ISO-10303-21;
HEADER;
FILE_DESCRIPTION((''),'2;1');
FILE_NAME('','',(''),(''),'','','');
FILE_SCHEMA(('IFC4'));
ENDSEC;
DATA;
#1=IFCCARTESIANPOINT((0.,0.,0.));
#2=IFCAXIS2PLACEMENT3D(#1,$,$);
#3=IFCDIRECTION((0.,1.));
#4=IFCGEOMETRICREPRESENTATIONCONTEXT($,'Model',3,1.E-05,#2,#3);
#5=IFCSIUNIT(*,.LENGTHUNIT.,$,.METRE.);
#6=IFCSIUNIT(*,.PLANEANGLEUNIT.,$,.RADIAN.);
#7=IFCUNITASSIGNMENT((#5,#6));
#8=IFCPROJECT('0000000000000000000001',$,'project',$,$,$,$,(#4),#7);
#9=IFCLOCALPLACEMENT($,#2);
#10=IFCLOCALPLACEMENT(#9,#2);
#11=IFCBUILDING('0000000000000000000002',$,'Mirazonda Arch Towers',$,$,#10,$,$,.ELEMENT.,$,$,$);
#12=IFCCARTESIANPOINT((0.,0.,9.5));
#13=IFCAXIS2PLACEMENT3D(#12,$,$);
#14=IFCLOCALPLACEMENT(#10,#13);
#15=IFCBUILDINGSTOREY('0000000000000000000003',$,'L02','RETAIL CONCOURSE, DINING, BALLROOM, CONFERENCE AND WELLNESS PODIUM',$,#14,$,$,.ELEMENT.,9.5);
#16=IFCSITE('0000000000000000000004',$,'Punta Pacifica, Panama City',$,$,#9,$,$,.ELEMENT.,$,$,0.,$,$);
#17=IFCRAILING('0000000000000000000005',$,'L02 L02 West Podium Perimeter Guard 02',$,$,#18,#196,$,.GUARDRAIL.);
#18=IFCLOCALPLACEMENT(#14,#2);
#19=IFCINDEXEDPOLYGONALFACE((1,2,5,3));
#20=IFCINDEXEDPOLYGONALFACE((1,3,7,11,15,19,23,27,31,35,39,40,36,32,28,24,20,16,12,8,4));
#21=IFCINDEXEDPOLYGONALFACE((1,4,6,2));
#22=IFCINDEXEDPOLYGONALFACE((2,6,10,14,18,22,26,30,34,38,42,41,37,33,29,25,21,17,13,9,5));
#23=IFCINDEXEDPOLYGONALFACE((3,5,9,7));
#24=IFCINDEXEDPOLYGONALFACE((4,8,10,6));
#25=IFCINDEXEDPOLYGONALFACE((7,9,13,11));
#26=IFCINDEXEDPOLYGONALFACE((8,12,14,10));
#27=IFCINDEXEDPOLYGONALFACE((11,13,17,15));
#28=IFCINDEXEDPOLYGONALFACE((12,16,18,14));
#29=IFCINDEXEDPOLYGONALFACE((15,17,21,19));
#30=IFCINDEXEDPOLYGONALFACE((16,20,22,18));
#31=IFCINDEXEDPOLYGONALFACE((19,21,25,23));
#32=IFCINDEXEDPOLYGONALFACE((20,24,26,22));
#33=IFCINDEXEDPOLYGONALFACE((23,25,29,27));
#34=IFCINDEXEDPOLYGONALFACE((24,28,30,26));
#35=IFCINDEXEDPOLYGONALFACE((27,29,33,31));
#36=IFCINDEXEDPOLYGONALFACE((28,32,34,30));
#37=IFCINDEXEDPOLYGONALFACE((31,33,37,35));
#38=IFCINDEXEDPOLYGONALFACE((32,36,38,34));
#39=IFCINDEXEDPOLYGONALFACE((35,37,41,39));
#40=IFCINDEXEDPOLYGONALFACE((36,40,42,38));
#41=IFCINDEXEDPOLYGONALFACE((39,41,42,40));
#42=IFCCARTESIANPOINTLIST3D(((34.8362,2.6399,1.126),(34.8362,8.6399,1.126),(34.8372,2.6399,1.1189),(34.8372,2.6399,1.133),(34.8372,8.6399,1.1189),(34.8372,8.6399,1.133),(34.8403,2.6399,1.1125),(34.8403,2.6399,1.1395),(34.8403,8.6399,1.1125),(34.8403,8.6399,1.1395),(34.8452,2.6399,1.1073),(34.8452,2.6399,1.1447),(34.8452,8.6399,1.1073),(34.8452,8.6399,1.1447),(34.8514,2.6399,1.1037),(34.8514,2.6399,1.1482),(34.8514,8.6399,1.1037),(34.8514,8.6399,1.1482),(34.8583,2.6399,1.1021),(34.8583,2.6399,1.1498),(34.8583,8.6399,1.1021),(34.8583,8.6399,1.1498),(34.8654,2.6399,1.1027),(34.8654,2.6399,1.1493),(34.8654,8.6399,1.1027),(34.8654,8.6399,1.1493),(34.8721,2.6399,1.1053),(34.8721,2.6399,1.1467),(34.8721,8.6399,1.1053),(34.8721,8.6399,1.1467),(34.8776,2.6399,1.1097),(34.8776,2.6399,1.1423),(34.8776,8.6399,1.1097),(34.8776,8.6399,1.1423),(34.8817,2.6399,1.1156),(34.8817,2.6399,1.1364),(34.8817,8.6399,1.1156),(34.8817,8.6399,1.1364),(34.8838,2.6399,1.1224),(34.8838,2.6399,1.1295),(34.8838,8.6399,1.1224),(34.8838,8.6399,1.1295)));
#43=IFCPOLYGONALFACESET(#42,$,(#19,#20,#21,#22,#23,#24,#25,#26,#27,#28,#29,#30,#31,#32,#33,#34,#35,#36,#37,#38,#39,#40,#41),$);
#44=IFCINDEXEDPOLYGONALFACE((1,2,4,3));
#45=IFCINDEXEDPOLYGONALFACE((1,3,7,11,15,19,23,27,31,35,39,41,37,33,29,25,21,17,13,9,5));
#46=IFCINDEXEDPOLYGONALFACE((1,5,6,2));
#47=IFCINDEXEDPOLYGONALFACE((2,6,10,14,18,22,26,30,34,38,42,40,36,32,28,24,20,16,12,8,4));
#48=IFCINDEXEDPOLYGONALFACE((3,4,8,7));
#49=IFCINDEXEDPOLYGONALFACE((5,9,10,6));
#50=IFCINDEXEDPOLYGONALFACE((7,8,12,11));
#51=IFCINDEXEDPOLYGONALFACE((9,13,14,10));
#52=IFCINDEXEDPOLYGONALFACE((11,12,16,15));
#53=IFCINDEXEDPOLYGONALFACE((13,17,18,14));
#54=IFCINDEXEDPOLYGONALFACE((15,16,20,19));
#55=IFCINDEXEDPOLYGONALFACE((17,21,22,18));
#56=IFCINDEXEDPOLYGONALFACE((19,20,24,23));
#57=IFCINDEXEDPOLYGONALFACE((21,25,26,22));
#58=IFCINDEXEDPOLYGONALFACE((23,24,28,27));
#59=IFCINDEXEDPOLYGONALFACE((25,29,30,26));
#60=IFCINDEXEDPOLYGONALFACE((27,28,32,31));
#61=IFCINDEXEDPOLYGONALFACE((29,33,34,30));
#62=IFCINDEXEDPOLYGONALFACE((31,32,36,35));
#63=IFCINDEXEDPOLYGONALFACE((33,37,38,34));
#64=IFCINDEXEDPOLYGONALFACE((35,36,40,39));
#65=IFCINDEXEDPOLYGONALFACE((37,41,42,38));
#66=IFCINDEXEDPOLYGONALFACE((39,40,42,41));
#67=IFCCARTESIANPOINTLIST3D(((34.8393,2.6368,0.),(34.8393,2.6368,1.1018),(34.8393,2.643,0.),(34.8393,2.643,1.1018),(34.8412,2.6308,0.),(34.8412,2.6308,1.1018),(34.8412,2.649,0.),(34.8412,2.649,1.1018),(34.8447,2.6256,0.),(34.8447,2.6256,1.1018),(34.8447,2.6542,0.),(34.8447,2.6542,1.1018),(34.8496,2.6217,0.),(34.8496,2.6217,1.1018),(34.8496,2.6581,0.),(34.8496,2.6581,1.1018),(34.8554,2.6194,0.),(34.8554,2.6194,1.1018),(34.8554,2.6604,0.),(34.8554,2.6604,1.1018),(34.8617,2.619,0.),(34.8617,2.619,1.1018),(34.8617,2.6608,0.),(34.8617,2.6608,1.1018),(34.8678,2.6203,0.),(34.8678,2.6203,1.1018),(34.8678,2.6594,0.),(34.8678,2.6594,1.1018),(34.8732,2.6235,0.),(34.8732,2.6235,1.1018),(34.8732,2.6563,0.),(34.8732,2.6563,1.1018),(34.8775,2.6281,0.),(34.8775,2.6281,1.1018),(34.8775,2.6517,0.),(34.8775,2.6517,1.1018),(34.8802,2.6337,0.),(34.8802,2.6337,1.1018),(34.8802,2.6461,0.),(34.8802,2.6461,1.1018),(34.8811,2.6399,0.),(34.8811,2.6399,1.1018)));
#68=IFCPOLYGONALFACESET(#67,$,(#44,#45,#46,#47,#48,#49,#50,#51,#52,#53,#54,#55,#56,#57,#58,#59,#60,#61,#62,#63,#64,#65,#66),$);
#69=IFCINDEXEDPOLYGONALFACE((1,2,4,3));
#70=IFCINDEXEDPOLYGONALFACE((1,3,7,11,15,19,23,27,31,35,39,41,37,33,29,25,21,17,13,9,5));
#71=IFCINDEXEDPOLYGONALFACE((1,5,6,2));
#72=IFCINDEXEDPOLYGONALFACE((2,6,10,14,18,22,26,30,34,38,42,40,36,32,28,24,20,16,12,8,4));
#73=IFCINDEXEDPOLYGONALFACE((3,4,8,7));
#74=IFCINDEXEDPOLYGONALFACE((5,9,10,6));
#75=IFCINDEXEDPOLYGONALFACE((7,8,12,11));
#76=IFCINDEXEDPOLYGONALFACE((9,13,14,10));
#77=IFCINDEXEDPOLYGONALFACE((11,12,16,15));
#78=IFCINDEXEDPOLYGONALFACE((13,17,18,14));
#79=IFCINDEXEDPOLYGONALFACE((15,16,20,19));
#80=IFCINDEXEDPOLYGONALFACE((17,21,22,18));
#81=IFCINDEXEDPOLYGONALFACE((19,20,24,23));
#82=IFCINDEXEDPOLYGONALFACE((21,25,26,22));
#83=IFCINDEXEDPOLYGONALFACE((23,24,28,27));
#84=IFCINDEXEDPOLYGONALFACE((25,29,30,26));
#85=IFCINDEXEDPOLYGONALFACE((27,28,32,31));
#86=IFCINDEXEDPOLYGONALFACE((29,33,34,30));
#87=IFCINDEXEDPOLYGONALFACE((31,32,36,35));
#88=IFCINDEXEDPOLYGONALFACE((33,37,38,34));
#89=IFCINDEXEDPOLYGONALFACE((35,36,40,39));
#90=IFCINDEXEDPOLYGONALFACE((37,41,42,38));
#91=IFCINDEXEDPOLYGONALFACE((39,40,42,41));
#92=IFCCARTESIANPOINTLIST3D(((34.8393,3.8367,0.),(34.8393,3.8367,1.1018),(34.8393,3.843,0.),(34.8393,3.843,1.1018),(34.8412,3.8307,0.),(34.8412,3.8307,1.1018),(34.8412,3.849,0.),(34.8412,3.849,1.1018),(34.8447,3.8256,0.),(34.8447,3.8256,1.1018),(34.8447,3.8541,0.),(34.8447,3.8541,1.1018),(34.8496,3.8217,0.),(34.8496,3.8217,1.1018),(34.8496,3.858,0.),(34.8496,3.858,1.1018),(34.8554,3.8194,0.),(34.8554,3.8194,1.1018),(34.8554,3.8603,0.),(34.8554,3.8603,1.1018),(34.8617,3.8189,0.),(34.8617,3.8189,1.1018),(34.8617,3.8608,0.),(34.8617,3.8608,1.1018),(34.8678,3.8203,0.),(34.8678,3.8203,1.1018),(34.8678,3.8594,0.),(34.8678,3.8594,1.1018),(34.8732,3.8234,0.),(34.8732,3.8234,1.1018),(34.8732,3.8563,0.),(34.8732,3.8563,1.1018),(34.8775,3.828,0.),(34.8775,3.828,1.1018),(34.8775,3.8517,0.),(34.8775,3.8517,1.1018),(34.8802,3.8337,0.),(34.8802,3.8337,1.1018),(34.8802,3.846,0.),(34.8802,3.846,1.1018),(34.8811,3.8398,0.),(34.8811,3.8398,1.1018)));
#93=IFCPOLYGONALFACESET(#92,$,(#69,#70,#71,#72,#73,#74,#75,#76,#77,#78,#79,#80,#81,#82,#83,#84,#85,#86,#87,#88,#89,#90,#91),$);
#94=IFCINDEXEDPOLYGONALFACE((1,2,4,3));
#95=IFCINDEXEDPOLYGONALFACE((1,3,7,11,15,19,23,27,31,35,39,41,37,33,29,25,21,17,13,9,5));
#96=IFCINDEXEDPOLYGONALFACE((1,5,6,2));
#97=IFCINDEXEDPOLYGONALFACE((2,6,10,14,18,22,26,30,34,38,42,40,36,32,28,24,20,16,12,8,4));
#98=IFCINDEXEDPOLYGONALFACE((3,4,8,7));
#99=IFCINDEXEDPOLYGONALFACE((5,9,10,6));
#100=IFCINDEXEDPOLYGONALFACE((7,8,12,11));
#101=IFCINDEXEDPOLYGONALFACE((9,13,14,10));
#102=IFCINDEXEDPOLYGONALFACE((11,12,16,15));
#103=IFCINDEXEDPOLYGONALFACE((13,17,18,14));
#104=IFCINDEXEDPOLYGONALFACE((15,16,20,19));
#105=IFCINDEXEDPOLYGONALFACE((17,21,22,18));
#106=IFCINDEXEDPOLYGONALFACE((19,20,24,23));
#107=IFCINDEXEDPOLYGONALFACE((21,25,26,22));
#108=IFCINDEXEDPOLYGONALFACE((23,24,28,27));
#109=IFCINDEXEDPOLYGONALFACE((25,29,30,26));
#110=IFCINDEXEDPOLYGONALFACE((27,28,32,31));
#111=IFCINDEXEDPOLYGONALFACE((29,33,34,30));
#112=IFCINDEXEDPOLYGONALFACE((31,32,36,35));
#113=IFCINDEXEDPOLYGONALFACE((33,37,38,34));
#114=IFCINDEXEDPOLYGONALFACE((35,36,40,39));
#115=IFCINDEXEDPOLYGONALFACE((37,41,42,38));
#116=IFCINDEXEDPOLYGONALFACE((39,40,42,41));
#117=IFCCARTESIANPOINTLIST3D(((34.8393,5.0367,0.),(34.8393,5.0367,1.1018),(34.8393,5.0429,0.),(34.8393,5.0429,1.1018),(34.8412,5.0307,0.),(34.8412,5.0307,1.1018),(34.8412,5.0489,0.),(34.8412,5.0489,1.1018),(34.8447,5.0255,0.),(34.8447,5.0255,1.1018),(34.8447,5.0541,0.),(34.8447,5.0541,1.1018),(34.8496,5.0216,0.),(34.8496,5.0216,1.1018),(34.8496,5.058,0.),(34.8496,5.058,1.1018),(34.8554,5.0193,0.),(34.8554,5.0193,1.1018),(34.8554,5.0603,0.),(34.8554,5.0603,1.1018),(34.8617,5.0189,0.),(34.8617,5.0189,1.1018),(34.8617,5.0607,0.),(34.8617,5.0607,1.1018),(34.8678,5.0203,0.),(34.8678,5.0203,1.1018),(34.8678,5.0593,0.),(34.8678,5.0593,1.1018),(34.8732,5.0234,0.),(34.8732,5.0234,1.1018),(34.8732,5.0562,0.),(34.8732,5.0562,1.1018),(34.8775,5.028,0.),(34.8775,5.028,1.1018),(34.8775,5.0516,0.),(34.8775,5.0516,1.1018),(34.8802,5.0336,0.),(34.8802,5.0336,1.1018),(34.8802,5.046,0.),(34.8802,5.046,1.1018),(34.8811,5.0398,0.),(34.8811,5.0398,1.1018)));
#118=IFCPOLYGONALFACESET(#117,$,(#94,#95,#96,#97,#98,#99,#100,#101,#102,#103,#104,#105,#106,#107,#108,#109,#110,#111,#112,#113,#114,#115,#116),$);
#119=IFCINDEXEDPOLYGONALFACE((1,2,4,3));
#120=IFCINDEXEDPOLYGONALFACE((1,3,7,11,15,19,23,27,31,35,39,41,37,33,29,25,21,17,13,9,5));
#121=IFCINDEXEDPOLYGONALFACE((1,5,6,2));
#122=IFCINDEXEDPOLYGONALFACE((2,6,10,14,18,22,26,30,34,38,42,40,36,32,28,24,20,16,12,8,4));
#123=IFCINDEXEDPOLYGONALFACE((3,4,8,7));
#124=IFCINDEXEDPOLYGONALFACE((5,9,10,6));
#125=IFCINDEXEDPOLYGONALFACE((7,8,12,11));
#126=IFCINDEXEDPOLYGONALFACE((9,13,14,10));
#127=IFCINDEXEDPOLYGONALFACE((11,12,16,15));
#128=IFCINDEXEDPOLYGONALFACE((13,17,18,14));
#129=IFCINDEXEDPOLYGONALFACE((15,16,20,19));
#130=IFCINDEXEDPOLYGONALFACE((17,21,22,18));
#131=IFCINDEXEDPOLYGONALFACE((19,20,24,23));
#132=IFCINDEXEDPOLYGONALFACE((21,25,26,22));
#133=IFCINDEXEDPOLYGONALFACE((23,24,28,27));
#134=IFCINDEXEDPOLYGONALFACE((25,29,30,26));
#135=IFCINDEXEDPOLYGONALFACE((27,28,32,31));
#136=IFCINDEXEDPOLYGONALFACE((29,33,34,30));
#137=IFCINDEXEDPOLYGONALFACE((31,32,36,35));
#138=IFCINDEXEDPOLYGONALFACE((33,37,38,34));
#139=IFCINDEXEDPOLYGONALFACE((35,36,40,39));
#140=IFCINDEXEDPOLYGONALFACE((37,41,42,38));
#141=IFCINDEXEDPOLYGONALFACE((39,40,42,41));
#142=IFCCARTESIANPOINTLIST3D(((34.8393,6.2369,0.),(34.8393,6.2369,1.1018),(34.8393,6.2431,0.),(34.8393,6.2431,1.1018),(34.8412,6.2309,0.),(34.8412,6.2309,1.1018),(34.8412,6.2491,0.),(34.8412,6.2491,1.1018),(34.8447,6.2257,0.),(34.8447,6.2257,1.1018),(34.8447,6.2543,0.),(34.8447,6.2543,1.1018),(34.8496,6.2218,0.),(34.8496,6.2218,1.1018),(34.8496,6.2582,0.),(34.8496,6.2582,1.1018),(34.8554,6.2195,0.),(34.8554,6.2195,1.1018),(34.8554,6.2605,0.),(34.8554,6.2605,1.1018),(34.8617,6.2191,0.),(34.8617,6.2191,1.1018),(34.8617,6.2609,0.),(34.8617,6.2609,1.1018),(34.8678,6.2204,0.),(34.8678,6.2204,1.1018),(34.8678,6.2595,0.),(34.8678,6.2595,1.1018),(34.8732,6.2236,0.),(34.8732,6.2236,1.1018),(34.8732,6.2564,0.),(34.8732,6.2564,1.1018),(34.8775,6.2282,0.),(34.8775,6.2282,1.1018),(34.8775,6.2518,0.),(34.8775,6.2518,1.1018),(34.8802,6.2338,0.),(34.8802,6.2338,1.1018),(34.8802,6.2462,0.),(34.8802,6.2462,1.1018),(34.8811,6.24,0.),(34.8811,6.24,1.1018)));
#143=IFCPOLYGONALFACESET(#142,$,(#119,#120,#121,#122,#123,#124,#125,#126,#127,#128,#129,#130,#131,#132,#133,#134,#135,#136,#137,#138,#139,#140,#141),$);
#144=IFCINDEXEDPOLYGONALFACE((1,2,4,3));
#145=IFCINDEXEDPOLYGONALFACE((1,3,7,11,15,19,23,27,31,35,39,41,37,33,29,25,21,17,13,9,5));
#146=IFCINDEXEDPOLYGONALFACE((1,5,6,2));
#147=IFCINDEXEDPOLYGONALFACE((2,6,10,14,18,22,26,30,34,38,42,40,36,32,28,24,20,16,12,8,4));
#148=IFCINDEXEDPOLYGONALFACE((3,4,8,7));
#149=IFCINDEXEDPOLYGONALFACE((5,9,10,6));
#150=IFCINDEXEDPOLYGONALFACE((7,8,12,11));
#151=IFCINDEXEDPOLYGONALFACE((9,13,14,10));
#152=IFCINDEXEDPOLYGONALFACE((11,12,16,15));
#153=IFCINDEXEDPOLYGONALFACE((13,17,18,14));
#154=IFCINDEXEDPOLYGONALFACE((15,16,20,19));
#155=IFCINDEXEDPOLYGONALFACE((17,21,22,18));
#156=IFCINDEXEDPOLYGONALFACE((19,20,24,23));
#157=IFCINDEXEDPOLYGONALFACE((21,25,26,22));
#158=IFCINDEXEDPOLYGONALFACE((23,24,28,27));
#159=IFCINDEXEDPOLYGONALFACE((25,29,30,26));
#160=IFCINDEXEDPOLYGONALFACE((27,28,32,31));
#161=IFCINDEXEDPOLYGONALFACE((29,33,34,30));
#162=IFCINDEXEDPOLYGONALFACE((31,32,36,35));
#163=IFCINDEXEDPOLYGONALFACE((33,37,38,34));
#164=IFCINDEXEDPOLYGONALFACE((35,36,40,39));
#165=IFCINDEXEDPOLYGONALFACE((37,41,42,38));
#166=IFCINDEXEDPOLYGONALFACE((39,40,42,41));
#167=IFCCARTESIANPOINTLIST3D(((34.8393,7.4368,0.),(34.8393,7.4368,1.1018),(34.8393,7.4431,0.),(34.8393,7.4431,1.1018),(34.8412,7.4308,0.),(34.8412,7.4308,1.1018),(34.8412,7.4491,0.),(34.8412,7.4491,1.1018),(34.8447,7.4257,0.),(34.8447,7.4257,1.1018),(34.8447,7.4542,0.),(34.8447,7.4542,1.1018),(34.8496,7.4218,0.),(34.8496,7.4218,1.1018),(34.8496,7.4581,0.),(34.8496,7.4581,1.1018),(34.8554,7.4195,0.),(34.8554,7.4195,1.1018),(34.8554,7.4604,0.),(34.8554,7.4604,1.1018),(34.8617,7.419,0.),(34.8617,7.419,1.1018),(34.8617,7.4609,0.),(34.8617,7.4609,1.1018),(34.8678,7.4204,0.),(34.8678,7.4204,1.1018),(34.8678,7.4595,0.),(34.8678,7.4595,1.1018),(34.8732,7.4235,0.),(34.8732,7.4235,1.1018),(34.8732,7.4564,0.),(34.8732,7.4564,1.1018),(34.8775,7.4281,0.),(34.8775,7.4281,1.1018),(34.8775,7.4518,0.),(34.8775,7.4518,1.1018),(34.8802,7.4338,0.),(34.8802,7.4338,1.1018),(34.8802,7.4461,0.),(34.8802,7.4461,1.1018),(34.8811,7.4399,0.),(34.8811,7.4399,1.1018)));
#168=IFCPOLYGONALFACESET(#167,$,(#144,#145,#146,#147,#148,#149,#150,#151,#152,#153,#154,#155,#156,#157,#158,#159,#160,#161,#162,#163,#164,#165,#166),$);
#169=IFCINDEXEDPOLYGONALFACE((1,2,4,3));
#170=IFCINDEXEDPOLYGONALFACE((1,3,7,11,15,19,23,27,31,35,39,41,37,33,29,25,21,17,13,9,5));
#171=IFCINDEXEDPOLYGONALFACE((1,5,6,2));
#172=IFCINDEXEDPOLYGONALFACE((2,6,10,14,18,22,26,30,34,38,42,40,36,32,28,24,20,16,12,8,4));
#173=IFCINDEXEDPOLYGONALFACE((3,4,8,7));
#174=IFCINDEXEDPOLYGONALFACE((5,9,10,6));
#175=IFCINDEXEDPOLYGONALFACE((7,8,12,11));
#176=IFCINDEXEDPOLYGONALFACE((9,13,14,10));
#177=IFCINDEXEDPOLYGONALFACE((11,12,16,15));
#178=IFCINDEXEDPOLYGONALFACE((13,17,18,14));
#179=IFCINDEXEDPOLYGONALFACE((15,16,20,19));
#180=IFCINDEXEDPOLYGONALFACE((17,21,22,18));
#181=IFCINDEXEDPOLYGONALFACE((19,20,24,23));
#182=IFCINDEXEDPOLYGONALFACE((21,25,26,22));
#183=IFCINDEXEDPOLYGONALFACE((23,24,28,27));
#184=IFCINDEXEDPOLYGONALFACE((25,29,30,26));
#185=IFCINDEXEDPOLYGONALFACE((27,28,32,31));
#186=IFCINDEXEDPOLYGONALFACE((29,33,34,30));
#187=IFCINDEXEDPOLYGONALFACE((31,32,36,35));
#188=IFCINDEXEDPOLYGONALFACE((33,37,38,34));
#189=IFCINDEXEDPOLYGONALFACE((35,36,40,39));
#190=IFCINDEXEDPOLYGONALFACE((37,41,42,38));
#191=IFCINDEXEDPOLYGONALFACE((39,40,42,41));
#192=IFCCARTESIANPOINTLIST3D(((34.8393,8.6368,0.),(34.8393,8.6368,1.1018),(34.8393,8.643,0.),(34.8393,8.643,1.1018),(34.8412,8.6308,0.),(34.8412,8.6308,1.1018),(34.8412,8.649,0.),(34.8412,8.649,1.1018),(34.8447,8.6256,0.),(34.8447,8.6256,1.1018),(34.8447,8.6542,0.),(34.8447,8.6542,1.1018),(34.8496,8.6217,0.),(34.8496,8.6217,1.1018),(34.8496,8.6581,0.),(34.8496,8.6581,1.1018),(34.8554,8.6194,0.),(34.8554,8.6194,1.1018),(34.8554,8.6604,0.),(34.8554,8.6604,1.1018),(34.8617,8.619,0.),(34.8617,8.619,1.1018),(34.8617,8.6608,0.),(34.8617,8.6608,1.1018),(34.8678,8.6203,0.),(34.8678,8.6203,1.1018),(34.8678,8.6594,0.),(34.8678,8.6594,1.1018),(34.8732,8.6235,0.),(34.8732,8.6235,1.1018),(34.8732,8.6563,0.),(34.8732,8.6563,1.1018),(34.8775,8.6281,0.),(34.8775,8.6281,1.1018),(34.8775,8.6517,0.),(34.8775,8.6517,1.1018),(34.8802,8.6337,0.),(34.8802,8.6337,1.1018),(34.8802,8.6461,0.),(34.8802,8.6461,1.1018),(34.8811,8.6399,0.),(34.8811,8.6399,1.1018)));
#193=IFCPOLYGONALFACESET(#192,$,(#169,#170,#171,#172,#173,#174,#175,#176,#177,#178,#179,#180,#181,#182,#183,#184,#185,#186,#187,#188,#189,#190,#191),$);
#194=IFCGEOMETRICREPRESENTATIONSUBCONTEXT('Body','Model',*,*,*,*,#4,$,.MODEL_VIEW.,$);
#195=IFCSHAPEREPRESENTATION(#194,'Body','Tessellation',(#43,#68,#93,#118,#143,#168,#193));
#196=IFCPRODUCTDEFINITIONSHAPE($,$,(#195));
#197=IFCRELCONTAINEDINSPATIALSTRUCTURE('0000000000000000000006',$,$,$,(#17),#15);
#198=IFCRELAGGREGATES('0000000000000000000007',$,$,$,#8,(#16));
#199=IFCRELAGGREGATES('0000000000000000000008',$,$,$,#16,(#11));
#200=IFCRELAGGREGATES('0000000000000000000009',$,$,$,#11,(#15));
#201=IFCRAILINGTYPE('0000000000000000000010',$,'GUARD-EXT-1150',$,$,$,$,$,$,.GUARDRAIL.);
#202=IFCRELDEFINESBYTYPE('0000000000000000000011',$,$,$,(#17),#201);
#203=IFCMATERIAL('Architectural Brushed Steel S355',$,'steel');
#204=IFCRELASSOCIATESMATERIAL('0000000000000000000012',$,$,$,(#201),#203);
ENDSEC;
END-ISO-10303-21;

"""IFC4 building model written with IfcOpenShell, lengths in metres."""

from ifc_helpers import new_model, si_unit, direction, frame, origin, origin_2d, place, context, subcontext, project, spatial, circle, extrude, material, type_object, element, save


model = new_model("IFC4")

# Units and contexts
model_context = context("Model", 3, precision=1e-05, world=origin(), true_north=direction((0.0, 1.0)))
body_context = subcontext(model_context, "Body", "Model", "MODEL_VIEW")
ifc_project = project(units=[si_unit("LENGTHUNIT", "METRE"), si_unit("PLANEANGLEUNIT", "RADIAN")], contexts=[model_context])

# Site, building, storey
site_placement = place(None, origin())
site = spatial("IfcSite", under=ifc_project, at=site_placement, Name="Punta Pacifica, Panama City", CompositionType="ELEMENT", RefElevation=0.0)
building_placement = place(site_placement, origin())
building = spatial("IfcBuilding", under=site, at=building_placement, Name="Mirazonda Arch Towers", CompositionType="ELEMENT")
storey_placement = place(building_placement, frame((0.0, 0.0, 9.5)))
storey = spatial("IfcBuildingStorey", under=building, at=storey_placement, Name="L02", Description="RETAIL CONCOURSE, DINING, BALLROOM, CONFERENCE AND WELLNESS PODIUM", CompositionType="ELEMENT", Elevation=9.5)

# Railing
ifc_material_1 = material(Name="Architectural Brushed Steel S355", Category="steel")
railing_type_1 = type_object("IfcRailingType", Name="GUARD-EXT-1150", PredefinedType="GUARDRAIL", material=ifc_material_1)
railing_1_placement = place(storey_placement, frame((34.8601, 2.6399, 0.0)))
element("IfcRailing", 1, at=railing_1_placement, inside=storey, type_object=railing_type_1, Name="L02 L02 West Podium Perimeter Guard 02", PredefinedType="GUARDRAIL", context=body_context, shape_type="SweptSolid", body=[
    extrude(circle(Radius=0.0239, at=origin_2d()), frame((0.0, 0.0, 1.126), z_axis=(0.0, 1.0, 0.0), x_axis=(-1.0, 0.0, 0.0)), (0.0, 0.0, 1.0), 6.0),
    extrude(circle(Radius=0.021, at=origin_2d()), origin(), (0.0, 0.0, 1.0), 1.1018),
    extrude(circle(Radius=0.021, at=origin_2d()), frame((0.0, 1.2, 0.0)), (0.0, 0.0, 1.0), 1.1018),
    extrude(circle(Radius=0.021, at=origin_2d()), frame((0.0, 2.3999, 0.0)), (0.0, 0.0, 1.0), 1.1018),
    extrude(circle(Radius=0.021, at=origin_2d()), frame((0.0, 3.6001, 0.0)), (0.0, 0.0, 1.0), 1.1018),
    extrude(circle(Radius=0.021, at=origin_2d()), frame((0.0, 4.8, 0.0)), (0.0, 0.0, 1.0), 1.1018),
    extrude(circle(Radius=0.021, at=origin_2d()), frame((0.0, 6.0, 0.0)), (0.0, 0.0, 1.0), 1.1018),
])

save(model, "model.ifc")
